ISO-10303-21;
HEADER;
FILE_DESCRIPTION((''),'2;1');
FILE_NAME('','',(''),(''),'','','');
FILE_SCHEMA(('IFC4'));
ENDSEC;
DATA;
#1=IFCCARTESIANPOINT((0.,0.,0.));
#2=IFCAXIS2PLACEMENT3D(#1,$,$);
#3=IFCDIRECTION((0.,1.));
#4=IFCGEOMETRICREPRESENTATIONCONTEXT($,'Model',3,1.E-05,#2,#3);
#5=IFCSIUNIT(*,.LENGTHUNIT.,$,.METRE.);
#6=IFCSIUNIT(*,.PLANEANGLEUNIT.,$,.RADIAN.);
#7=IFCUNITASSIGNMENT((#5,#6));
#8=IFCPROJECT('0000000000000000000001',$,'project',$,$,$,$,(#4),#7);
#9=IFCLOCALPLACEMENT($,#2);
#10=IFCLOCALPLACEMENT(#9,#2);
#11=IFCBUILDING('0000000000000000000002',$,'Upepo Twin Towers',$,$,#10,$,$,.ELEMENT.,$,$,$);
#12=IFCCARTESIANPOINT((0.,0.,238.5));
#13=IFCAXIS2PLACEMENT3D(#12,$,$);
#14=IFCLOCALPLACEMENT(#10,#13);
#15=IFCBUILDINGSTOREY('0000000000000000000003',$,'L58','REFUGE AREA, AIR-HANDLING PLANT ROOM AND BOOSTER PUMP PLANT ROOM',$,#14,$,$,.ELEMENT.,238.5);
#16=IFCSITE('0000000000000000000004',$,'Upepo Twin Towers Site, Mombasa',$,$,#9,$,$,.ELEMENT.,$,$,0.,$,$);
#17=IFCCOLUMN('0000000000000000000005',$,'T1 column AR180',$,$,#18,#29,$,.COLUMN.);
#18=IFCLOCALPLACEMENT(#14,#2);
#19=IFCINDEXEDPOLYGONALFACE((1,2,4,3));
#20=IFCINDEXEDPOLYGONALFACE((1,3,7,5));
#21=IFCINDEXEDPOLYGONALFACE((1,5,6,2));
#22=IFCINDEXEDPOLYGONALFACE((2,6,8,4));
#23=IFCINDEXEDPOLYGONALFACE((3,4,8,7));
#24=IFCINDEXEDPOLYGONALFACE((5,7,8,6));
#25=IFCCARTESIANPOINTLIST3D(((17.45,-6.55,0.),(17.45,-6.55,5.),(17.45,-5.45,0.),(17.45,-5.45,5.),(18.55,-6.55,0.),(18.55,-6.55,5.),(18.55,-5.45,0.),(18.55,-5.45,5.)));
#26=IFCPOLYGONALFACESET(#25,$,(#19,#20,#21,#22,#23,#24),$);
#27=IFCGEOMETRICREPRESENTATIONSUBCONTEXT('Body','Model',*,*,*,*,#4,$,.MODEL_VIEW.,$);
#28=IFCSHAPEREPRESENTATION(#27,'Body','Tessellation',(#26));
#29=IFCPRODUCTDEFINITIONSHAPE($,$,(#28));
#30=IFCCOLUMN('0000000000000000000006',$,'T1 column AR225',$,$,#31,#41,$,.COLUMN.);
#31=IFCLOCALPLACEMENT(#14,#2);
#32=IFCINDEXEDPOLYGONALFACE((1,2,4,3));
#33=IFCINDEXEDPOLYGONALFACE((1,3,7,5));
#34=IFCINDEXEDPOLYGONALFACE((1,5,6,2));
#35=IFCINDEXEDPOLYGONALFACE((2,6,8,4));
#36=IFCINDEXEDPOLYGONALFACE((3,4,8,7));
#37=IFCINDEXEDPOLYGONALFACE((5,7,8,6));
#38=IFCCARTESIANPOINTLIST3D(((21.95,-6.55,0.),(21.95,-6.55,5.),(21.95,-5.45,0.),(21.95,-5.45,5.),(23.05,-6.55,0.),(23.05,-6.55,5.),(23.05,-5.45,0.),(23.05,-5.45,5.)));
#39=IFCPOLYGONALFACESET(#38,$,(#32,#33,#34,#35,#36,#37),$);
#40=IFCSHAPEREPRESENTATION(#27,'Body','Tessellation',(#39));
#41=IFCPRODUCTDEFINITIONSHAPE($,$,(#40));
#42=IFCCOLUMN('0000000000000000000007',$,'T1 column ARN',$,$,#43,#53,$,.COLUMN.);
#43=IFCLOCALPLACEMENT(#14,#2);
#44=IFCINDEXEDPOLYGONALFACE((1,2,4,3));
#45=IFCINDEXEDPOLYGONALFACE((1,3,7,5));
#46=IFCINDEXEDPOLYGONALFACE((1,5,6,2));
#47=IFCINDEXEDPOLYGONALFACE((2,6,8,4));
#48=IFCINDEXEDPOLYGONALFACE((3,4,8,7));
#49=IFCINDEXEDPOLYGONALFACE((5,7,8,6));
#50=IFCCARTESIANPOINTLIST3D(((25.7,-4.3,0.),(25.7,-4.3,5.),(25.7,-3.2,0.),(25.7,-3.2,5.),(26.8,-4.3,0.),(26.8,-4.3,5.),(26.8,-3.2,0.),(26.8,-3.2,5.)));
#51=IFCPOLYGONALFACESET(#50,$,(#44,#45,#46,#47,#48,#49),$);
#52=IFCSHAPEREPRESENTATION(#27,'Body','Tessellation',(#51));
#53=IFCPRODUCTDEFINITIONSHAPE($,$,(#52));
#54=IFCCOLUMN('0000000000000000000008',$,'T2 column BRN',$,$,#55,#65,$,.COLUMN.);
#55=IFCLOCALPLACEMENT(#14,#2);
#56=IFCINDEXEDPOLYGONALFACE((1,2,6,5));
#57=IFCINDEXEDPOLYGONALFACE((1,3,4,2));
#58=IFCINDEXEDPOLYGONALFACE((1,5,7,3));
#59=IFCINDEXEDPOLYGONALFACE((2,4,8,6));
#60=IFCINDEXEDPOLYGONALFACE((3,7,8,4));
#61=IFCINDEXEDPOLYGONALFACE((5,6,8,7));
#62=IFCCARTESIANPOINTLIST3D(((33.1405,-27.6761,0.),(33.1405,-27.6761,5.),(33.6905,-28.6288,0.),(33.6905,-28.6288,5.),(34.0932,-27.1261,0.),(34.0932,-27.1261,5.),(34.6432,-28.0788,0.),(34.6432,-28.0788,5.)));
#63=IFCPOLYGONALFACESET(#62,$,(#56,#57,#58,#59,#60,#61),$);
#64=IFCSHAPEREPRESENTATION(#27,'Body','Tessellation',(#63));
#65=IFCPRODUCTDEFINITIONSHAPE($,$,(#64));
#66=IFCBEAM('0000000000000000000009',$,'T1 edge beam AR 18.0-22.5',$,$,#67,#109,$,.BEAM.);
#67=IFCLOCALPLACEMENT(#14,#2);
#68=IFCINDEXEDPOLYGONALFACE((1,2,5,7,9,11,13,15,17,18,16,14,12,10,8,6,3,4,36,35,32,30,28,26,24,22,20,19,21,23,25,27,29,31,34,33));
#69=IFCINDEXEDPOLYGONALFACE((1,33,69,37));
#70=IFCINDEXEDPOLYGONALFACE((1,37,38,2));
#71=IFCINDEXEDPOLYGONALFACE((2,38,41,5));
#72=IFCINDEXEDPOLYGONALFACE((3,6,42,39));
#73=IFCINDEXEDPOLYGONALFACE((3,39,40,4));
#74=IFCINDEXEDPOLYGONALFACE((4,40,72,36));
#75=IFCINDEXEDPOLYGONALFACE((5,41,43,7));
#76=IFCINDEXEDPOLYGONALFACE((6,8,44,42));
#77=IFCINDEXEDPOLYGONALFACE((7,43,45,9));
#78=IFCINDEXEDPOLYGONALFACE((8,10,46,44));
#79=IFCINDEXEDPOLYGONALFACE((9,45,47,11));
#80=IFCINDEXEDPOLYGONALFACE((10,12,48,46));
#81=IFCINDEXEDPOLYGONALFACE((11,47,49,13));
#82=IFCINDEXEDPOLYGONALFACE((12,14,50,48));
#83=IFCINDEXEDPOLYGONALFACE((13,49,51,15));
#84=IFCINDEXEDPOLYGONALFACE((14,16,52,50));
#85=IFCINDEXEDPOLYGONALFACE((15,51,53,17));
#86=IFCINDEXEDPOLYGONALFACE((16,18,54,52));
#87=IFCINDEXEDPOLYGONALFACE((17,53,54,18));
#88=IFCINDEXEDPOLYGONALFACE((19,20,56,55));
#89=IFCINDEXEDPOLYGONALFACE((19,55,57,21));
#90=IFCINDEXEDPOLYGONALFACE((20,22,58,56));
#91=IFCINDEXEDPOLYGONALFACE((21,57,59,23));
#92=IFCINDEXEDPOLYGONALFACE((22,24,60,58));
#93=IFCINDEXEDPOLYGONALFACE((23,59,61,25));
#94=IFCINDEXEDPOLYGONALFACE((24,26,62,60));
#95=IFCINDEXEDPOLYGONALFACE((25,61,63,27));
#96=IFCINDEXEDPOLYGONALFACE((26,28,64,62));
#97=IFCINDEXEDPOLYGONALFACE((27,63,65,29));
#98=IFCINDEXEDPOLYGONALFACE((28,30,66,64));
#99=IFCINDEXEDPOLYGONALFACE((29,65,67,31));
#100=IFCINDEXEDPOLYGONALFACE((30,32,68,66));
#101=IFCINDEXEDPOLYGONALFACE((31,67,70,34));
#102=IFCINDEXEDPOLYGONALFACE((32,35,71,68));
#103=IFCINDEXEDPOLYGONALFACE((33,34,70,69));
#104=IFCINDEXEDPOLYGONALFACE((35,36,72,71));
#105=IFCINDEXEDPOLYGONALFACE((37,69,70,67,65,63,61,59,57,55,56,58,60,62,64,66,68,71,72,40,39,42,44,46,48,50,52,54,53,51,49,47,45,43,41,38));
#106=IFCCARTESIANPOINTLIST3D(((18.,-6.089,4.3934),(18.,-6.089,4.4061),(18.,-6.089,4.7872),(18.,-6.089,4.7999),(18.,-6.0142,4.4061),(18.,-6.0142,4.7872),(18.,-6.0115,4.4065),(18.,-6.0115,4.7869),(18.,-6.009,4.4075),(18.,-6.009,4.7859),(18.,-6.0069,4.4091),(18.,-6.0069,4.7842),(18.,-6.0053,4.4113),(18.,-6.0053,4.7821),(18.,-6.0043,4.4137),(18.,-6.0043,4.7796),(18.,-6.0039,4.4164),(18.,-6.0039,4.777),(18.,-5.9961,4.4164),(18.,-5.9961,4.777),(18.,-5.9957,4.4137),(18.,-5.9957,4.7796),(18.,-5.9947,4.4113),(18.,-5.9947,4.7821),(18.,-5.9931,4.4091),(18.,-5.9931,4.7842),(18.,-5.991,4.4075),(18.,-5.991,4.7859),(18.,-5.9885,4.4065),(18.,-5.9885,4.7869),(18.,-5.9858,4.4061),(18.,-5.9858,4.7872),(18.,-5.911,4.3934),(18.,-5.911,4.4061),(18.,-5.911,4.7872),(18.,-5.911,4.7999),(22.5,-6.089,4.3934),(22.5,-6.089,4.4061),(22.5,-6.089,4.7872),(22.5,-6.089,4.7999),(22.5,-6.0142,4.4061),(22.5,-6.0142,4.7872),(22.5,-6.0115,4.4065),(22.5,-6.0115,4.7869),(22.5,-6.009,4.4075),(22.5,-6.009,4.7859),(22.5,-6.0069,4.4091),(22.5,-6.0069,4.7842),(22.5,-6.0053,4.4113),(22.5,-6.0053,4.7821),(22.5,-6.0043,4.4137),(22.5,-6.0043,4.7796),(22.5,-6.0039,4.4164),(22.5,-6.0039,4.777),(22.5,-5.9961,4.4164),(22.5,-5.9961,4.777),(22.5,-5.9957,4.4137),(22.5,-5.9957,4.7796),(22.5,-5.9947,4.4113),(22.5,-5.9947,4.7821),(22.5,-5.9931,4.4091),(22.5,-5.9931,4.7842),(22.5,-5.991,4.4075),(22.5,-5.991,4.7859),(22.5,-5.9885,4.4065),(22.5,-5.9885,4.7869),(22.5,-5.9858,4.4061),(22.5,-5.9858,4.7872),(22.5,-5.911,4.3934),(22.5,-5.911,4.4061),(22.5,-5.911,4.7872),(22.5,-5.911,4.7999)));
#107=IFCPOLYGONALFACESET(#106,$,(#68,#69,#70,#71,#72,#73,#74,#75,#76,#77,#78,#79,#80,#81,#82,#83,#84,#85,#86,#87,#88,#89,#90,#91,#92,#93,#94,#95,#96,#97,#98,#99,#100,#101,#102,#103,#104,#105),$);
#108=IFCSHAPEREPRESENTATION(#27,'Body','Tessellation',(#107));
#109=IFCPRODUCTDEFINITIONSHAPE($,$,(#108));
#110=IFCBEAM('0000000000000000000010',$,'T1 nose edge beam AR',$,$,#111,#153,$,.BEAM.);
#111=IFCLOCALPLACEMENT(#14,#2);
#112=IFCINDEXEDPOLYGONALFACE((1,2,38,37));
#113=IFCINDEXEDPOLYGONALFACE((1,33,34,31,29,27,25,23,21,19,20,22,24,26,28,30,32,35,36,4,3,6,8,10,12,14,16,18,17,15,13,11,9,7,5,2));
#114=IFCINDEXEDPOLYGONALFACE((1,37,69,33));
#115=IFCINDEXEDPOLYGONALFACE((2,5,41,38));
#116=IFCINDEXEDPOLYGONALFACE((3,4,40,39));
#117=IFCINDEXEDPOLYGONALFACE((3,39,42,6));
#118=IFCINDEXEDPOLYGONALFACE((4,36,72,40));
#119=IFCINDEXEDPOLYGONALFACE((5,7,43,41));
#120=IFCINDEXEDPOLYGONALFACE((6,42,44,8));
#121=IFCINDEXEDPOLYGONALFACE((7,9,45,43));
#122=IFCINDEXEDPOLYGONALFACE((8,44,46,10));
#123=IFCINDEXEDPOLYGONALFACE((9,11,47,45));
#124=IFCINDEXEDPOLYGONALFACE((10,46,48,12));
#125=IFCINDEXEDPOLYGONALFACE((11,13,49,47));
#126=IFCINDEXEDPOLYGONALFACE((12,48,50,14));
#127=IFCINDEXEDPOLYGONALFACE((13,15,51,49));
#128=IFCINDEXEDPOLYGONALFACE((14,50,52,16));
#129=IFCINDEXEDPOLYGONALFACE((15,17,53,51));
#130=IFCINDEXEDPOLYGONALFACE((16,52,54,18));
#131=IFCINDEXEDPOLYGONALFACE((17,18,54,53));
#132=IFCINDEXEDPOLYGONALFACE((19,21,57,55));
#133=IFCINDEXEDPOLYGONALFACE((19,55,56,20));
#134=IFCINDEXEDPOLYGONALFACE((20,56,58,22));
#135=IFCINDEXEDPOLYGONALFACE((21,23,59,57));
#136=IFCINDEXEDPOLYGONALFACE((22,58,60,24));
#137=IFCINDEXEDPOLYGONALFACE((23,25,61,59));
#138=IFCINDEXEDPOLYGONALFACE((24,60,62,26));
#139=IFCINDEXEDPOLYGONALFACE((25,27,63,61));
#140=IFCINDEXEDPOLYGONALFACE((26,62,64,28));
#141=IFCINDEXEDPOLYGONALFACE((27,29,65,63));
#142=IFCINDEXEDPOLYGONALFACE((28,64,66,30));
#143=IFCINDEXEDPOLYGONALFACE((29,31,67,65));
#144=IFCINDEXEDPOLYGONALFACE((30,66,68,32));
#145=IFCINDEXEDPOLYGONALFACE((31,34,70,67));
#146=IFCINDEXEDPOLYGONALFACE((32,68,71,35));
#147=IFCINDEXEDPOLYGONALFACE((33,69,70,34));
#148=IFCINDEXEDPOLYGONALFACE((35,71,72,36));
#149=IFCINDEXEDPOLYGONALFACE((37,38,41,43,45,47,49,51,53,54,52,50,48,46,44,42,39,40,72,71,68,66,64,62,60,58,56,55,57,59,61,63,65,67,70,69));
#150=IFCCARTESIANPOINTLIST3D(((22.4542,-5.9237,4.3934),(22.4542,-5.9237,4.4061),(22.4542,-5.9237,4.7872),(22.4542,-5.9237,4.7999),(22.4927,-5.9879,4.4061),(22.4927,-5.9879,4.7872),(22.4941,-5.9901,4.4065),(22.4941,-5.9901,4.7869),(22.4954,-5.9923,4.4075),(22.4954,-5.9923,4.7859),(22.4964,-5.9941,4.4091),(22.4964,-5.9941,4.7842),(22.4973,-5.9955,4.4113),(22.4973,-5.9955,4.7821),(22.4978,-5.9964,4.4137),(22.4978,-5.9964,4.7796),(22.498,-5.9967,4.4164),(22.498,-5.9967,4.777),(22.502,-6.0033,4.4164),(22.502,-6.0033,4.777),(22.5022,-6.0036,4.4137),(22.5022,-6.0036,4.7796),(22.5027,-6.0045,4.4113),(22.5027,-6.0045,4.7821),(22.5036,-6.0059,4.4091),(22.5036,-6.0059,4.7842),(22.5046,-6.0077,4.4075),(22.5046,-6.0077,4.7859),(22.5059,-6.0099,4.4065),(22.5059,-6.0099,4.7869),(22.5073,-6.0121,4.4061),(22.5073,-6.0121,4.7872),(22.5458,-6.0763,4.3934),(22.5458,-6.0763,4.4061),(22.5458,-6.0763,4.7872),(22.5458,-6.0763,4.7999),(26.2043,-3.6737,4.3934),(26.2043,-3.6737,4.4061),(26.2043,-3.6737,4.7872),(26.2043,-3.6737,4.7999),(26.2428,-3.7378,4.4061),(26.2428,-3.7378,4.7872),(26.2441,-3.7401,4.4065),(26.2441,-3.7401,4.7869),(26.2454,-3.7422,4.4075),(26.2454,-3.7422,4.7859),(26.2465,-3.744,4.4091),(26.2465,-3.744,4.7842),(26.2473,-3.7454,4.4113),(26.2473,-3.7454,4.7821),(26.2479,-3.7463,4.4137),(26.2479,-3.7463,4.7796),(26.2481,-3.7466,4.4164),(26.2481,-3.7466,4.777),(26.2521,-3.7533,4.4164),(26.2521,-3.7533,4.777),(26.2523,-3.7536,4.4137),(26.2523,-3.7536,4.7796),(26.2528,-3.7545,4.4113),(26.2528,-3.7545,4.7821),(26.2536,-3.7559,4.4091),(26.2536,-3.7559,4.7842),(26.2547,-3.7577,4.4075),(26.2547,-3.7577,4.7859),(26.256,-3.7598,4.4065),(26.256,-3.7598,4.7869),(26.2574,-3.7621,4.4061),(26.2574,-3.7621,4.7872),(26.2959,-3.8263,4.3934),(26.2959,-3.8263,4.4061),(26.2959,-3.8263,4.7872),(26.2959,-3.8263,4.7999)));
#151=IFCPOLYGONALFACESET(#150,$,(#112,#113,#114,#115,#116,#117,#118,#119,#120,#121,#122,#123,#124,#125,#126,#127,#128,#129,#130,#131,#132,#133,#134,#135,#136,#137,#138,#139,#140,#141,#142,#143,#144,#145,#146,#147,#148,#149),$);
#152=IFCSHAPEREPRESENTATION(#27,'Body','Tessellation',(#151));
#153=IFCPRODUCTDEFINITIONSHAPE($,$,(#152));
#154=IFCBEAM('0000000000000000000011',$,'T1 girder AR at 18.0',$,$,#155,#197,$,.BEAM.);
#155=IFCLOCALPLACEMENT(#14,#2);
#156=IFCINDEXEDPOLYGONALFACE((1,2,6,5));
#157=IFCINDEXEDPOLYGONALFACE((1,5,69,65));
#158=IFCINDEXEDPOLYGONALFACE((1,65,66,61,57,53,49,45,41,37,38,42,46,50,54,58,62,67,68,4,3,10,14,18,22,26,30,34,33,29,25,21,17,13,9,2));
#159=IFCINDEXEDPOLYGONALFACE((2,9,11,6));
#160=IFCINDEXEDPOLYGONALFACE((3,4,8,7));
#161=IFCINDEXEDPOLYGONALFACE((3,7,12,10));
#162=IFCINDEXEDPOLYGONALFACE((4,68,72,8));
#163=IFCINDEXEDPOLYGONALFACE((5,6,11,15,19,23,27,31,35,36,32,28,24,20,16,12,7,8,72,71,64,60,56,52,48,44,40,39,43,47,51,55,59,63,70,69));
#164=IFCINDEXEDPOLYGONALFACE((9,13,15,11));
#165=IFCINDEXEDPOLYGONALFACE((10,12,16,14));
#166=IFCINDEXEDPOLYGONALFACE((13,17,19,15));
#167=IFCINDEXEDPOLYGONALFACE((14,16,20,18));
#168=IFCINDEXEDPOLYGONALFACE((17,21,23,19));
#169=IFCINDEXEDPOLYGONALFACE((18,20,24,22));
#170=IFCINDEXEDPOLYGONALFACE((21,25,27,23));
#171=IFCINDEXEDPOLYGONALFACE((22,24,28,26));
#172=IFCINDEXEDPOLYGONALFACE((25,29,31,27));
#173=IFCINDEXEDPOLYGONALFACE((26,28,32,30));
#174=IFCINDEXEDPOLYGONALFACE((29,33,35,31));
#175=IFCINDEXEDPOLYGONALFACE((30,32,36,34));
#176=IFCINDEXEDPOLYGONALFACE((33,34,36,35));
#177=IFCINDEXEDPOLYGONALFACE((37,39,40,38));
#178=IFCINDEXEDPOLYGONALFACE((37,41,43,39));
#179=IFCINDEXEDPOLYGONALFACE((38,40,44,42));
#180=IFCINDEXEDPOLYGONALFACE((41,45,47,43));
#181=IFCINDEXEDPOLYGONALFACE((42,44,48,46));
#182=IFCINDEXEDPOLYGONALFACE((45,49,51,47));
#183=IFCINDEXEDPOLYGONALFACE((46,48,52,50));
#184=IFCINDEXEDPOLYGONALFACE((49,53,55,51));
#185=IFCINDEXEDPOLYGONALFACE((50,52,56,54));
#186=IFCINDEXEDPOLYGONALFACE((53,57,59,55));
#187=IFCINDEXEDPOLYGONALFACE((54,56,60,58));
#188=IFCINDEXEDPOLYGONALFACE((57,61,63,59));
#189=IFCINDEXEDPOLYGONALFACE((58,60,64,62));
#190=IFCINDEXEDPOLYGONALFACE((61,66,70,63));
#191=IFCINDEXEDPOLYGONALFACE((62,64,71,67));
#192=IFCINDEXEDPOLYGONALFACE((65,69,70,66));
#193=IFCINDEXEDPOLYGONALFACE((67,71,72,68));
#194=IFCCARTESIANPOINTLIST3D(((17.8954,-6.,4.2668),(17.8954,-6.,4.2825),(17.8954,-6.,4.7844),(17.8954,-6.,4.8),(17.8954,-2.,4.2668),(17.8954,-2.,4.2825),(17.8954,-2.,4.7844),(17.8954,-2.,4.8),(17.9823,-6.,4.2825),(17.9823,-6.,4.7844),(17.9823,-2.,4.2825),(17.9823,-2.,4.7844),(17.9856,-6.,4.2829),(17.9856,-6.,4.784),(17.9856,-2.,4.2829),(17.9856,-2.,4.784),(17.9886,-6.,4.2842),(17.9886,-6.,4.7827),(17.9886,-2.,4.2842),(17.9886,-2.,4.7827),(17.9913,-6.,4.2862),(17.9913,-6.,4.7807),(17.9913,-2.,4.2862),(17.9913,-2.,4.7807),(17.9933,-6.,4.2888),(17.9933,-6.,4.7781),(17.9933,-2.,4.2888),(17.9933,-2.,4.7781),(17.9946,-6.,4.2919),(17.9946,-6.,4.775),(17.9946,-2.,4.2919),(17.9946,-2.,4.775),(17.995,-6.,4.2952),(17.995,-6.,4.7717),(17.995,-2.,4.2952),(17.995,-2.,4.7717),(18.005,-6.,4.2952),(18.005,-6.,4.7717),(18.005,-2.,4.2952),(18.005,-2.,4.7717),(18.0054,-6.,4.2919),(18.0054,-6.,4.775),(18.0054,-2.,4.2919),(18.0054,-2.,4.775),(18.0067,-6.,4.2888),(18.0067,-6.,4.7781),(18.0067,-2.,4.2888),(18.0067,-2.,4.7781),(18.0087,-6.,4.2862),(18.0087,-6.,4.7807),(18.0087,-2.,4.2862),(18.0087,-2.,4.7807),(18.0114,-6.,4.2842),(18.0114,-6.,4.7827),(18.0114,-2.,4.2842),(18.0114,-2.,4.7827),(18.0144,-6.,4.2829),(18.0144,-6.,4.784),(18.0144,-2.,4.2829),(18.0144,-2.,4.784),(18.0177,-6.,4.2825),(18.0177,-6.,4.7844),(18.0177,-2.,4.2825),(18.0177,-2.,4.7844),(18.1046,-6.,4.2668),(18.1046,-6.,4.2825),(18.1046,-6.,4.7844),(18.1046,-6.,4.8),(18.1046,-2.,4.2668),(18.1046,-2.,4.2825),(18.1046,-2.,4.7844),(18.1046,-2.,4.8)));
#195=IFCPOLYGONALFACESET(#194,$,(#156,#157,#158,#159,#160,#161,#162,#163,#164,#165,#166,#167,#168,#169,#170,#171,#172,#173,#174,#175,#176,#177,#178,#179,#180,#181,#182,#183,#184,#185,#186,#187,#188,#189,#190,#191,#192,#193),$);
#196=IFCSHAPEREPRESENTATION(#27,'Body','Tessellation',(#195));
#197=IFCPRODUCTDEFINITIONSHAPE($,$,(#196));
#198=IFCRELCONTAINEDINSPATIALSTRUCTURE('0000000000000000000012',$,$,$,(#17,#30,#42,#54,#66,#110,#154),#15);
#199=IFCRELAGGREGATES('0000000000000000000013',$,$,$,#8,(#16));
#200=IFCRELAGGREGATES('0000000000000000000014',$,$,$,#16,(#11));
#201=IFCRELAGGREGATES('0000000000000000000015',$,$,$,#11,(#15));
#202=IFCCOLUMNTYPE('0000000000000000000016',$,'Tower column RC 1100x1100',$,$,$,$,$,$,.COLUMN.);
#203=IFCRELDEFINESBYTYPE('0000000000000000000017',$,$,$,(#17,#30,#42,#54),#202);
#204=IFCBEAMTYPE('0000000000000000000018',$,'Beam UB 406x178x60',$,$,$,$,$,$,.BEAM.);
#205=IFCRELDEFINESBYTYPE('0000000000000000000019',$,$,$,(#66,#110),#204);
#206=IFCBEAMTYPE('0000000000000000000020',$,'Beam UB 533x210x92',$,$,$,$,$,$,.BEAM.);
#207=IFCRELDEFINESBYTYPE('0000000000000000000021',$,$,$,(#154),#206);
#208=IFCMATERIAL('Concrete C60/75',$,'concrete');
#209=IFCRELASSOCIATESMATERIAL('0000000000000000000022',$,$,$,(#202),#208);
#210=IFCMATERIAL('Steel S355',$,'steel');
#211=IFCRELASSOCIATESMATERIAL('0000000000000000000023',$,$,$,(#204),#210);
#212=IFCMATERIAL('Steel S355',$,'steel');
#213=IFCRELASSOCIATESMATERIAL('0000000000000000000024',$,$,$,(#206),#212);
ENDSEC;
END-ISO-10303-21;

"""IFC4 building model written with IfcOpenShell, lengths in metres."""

from ifc_helpers import new_model, si_unit, direction, frame, origin, origin_2d, place, context, subcontext, project, spatial, rectangle, i_section, extrude, material, material_profile, profile_set, type_object, element, save


model = new_model("IFC4")

# Units and contexts
model_context = context("Model", 3, precision=1e-05, world=origin(), true_north=direction((0.0, 1.0)))
body_context = subcontext(model_context, "Body", "Model", "MODEL_VIEW")
ifc_project = project(units=[si_unit("LENGTHUNIT", "METRE"), si_unit("PLANEANGLEUNIT", "RADIAN")], contexts=[model_context])

# Site, building, storey
site_placement = place(None, origin())
site = spatial("IfcSite", under=ifc_project, at=site_placement, Name="Upepo Twin Towers Site, Mombasa", CompositionType="ELEMENT", RefElevation=0.0)
building_placement = place(site_placement, origin())
building = spatial("IfcBuilding", under=site, at=building_placement, Name="Upepo Twin Towers", CompositionType="ELEMENT")
storey_placement = place(building_placement, frame((0.0, 0.0, 238.5)))
storey = spatial("IfcBuildingStorey", under=building, at=storey_placement, Name="L58", Description="REFUGE AREA, AIR-HANDLING PLANT ROOM AND BOOSTER PUMP PLANT ROOM", CompositionType="ELEMENT", Elevation=238.5)

# Columns
ifc_material_1 = material(Name="Concrete C60/75", Category="concrete")
ifc_material_profile_1 = material_profile(ifc_material_1, rectangle(XDim=1.1001, YDim=1.1001, at=origin_2d()), Name="RC 1100x1100")
ifc_profile_set_1 = profile_set([ifc_material_profile_1], Name="Concrete C60/75")
column_type = type_object("IfcColumnType", Name="Tower column RC 1100x1100", PredefinedType="COLUMN", material=ifc_profile_set_1)
for number, where, z_axis, x_axis, name in (
    (1, (18.0, -6.0, 0.0), (0.0, 0.0, 1.0), (1.0, 0.0, 0.0), "T1 column AR180"),
    (2, (22.5, -6.0, 0.0), (0.0, 0.0, 1.0), (1.0, 0.0, 0.0), "T1 column AR225"),
    (3, (26.25, -3.75, 0.0), (0.0, 0.0, 1.0), (1.0, 0.0, 0.0), "T1 column ARN"),
    (4, (33.8918, -27.8774, 0.0), (0.0, 0.0, 1.0), (0.866025, 0.5, 0.0), "T2 column BRN"),
):
    element("IfcColumn", number, at=place(storey_placement, frame(where, z_axis=z_axis, x_axis=x_axis)), inside=storey, type_object=column_type, Name=name, PredefinedType="COLUMN", context=body_context, shape_type="SweptSolid", body=[
        extrude(rectangle(XDim=1.1001, YDim=1.1001, at=origin_2d()), origin(), (0.0, 0.0, 1.0), 5.0),
    ])

# Beams
ifc_material_2 = material(Name="Steel S355", Category="steel")
ifc_material_profile_2 = material_profile(ifc_material_2, i_section(OverallWidth=0.178, OverallDepth=0.4065, WebThickness=0.0078, FlangeThickness=0.0127, FilletRadius=0.0103, at=origin_2d()), Name="UB 406x178x60")
ifc_profile_set_2 = profile_set([ifc_material_profile_2], Name="Steel S355")
beam_type_1 = type_object("IfcBeamType", Name="Beam UB 406x178x60", PredefinedType="BEAM", material=ifc_profile_set_2)
beam_1_placement = place(storey_placement, frame((18.0, -6.0, 4.5967), z_axis=(1.0, 0.0, 0.0), x_axis=(0.0, 1.0, 0.0)))
element("IfcBeam", 5, at=beam_1_placement, inside=storey, type_object=beam_type_1, Name="T1 edge beam AR 18.0-22.5", PredefinedType="BEAM", context=body_context, shape_type="SweptSolid", body=[
    extrude(i_section(OverallWidth=0.178, OverallDepth=0.4065, WebThickness=0.0078, FlangeThickness=0.0127, FilletRadius=0.0103, at=origin_2d()), origin(), (0.0, 0.0, 1.0), 4.5),
])
beam_2_placement = place(storey_placement, frame((22.5, -6.0, 4.5967), z_axis=(0.857493, 0.514496, 0.0), x_axis=(-0.514496, 0.857493, 0.0)))
element("IfcBeam", 6, at=beam_2_placement, inside=storey, type_object=beam_type_1, Name="T1 nose edge beam AR", PredefinedType="BEAM", context=body_context, shape_type="SweptSolid", body=[
    extrude(i_section(OverallWidth=0.178, OverallDepth=0.4065, WebThickness=0.0078, FlangeThickness=0.0127, FilletRadius=0.0103, at=origin_2d()), origin(), (0.0, 0.0, 1.0), 4.3733),
])
ifc_material_3 = material(Name="Steel S355", Category="steel")
ifc_material_profile_3 = material_profile(ifc_material_3, i_section(OverallWidth=0.2092, OverallDepth=0.5332, WebThickness=0.01, FlangeThickness=0.0156, FilletRadius=0.0127, at=origin_2d()), Name="UB 533x210x92")
ifc_profile_set_3 = profile_set([ifc_material_profile_3], Name="Steel S355")
beam_type_2 = type_object("IfcBeamType", Name="Beam UB 533x210x92", PredefinedType="BEAM", material=ifc_profile_set_3)
for number, where, z_axis, x_axis, name in (
    (7, (18.0, -6.0, 4.5334), (0.0, 1.0, 0.0), (-1.0, 0.0, 0.0), "T1 girder AR at 18.0"),
):
    element("IfcBeam", number, at=place(storey_placement, frame(where, z_axis=z_axis, x_axis=x_axis)), inside=storey, type_object=beam_type_2, Name=name, PredefinedType="BEAM", context=body_context, shape_type="SweptSolid", body=[
        extrude(i_section(OverallWidth=0.2092, OverallDepth=0.5332, WebThickness=0.01, FlangeThickness=0.0156, FilletRadius=0.0127, at=origin_2d()), origin(), (0.0, 0.0, 1.0), 4.0),
    ])

save(model, "model.ifc")
